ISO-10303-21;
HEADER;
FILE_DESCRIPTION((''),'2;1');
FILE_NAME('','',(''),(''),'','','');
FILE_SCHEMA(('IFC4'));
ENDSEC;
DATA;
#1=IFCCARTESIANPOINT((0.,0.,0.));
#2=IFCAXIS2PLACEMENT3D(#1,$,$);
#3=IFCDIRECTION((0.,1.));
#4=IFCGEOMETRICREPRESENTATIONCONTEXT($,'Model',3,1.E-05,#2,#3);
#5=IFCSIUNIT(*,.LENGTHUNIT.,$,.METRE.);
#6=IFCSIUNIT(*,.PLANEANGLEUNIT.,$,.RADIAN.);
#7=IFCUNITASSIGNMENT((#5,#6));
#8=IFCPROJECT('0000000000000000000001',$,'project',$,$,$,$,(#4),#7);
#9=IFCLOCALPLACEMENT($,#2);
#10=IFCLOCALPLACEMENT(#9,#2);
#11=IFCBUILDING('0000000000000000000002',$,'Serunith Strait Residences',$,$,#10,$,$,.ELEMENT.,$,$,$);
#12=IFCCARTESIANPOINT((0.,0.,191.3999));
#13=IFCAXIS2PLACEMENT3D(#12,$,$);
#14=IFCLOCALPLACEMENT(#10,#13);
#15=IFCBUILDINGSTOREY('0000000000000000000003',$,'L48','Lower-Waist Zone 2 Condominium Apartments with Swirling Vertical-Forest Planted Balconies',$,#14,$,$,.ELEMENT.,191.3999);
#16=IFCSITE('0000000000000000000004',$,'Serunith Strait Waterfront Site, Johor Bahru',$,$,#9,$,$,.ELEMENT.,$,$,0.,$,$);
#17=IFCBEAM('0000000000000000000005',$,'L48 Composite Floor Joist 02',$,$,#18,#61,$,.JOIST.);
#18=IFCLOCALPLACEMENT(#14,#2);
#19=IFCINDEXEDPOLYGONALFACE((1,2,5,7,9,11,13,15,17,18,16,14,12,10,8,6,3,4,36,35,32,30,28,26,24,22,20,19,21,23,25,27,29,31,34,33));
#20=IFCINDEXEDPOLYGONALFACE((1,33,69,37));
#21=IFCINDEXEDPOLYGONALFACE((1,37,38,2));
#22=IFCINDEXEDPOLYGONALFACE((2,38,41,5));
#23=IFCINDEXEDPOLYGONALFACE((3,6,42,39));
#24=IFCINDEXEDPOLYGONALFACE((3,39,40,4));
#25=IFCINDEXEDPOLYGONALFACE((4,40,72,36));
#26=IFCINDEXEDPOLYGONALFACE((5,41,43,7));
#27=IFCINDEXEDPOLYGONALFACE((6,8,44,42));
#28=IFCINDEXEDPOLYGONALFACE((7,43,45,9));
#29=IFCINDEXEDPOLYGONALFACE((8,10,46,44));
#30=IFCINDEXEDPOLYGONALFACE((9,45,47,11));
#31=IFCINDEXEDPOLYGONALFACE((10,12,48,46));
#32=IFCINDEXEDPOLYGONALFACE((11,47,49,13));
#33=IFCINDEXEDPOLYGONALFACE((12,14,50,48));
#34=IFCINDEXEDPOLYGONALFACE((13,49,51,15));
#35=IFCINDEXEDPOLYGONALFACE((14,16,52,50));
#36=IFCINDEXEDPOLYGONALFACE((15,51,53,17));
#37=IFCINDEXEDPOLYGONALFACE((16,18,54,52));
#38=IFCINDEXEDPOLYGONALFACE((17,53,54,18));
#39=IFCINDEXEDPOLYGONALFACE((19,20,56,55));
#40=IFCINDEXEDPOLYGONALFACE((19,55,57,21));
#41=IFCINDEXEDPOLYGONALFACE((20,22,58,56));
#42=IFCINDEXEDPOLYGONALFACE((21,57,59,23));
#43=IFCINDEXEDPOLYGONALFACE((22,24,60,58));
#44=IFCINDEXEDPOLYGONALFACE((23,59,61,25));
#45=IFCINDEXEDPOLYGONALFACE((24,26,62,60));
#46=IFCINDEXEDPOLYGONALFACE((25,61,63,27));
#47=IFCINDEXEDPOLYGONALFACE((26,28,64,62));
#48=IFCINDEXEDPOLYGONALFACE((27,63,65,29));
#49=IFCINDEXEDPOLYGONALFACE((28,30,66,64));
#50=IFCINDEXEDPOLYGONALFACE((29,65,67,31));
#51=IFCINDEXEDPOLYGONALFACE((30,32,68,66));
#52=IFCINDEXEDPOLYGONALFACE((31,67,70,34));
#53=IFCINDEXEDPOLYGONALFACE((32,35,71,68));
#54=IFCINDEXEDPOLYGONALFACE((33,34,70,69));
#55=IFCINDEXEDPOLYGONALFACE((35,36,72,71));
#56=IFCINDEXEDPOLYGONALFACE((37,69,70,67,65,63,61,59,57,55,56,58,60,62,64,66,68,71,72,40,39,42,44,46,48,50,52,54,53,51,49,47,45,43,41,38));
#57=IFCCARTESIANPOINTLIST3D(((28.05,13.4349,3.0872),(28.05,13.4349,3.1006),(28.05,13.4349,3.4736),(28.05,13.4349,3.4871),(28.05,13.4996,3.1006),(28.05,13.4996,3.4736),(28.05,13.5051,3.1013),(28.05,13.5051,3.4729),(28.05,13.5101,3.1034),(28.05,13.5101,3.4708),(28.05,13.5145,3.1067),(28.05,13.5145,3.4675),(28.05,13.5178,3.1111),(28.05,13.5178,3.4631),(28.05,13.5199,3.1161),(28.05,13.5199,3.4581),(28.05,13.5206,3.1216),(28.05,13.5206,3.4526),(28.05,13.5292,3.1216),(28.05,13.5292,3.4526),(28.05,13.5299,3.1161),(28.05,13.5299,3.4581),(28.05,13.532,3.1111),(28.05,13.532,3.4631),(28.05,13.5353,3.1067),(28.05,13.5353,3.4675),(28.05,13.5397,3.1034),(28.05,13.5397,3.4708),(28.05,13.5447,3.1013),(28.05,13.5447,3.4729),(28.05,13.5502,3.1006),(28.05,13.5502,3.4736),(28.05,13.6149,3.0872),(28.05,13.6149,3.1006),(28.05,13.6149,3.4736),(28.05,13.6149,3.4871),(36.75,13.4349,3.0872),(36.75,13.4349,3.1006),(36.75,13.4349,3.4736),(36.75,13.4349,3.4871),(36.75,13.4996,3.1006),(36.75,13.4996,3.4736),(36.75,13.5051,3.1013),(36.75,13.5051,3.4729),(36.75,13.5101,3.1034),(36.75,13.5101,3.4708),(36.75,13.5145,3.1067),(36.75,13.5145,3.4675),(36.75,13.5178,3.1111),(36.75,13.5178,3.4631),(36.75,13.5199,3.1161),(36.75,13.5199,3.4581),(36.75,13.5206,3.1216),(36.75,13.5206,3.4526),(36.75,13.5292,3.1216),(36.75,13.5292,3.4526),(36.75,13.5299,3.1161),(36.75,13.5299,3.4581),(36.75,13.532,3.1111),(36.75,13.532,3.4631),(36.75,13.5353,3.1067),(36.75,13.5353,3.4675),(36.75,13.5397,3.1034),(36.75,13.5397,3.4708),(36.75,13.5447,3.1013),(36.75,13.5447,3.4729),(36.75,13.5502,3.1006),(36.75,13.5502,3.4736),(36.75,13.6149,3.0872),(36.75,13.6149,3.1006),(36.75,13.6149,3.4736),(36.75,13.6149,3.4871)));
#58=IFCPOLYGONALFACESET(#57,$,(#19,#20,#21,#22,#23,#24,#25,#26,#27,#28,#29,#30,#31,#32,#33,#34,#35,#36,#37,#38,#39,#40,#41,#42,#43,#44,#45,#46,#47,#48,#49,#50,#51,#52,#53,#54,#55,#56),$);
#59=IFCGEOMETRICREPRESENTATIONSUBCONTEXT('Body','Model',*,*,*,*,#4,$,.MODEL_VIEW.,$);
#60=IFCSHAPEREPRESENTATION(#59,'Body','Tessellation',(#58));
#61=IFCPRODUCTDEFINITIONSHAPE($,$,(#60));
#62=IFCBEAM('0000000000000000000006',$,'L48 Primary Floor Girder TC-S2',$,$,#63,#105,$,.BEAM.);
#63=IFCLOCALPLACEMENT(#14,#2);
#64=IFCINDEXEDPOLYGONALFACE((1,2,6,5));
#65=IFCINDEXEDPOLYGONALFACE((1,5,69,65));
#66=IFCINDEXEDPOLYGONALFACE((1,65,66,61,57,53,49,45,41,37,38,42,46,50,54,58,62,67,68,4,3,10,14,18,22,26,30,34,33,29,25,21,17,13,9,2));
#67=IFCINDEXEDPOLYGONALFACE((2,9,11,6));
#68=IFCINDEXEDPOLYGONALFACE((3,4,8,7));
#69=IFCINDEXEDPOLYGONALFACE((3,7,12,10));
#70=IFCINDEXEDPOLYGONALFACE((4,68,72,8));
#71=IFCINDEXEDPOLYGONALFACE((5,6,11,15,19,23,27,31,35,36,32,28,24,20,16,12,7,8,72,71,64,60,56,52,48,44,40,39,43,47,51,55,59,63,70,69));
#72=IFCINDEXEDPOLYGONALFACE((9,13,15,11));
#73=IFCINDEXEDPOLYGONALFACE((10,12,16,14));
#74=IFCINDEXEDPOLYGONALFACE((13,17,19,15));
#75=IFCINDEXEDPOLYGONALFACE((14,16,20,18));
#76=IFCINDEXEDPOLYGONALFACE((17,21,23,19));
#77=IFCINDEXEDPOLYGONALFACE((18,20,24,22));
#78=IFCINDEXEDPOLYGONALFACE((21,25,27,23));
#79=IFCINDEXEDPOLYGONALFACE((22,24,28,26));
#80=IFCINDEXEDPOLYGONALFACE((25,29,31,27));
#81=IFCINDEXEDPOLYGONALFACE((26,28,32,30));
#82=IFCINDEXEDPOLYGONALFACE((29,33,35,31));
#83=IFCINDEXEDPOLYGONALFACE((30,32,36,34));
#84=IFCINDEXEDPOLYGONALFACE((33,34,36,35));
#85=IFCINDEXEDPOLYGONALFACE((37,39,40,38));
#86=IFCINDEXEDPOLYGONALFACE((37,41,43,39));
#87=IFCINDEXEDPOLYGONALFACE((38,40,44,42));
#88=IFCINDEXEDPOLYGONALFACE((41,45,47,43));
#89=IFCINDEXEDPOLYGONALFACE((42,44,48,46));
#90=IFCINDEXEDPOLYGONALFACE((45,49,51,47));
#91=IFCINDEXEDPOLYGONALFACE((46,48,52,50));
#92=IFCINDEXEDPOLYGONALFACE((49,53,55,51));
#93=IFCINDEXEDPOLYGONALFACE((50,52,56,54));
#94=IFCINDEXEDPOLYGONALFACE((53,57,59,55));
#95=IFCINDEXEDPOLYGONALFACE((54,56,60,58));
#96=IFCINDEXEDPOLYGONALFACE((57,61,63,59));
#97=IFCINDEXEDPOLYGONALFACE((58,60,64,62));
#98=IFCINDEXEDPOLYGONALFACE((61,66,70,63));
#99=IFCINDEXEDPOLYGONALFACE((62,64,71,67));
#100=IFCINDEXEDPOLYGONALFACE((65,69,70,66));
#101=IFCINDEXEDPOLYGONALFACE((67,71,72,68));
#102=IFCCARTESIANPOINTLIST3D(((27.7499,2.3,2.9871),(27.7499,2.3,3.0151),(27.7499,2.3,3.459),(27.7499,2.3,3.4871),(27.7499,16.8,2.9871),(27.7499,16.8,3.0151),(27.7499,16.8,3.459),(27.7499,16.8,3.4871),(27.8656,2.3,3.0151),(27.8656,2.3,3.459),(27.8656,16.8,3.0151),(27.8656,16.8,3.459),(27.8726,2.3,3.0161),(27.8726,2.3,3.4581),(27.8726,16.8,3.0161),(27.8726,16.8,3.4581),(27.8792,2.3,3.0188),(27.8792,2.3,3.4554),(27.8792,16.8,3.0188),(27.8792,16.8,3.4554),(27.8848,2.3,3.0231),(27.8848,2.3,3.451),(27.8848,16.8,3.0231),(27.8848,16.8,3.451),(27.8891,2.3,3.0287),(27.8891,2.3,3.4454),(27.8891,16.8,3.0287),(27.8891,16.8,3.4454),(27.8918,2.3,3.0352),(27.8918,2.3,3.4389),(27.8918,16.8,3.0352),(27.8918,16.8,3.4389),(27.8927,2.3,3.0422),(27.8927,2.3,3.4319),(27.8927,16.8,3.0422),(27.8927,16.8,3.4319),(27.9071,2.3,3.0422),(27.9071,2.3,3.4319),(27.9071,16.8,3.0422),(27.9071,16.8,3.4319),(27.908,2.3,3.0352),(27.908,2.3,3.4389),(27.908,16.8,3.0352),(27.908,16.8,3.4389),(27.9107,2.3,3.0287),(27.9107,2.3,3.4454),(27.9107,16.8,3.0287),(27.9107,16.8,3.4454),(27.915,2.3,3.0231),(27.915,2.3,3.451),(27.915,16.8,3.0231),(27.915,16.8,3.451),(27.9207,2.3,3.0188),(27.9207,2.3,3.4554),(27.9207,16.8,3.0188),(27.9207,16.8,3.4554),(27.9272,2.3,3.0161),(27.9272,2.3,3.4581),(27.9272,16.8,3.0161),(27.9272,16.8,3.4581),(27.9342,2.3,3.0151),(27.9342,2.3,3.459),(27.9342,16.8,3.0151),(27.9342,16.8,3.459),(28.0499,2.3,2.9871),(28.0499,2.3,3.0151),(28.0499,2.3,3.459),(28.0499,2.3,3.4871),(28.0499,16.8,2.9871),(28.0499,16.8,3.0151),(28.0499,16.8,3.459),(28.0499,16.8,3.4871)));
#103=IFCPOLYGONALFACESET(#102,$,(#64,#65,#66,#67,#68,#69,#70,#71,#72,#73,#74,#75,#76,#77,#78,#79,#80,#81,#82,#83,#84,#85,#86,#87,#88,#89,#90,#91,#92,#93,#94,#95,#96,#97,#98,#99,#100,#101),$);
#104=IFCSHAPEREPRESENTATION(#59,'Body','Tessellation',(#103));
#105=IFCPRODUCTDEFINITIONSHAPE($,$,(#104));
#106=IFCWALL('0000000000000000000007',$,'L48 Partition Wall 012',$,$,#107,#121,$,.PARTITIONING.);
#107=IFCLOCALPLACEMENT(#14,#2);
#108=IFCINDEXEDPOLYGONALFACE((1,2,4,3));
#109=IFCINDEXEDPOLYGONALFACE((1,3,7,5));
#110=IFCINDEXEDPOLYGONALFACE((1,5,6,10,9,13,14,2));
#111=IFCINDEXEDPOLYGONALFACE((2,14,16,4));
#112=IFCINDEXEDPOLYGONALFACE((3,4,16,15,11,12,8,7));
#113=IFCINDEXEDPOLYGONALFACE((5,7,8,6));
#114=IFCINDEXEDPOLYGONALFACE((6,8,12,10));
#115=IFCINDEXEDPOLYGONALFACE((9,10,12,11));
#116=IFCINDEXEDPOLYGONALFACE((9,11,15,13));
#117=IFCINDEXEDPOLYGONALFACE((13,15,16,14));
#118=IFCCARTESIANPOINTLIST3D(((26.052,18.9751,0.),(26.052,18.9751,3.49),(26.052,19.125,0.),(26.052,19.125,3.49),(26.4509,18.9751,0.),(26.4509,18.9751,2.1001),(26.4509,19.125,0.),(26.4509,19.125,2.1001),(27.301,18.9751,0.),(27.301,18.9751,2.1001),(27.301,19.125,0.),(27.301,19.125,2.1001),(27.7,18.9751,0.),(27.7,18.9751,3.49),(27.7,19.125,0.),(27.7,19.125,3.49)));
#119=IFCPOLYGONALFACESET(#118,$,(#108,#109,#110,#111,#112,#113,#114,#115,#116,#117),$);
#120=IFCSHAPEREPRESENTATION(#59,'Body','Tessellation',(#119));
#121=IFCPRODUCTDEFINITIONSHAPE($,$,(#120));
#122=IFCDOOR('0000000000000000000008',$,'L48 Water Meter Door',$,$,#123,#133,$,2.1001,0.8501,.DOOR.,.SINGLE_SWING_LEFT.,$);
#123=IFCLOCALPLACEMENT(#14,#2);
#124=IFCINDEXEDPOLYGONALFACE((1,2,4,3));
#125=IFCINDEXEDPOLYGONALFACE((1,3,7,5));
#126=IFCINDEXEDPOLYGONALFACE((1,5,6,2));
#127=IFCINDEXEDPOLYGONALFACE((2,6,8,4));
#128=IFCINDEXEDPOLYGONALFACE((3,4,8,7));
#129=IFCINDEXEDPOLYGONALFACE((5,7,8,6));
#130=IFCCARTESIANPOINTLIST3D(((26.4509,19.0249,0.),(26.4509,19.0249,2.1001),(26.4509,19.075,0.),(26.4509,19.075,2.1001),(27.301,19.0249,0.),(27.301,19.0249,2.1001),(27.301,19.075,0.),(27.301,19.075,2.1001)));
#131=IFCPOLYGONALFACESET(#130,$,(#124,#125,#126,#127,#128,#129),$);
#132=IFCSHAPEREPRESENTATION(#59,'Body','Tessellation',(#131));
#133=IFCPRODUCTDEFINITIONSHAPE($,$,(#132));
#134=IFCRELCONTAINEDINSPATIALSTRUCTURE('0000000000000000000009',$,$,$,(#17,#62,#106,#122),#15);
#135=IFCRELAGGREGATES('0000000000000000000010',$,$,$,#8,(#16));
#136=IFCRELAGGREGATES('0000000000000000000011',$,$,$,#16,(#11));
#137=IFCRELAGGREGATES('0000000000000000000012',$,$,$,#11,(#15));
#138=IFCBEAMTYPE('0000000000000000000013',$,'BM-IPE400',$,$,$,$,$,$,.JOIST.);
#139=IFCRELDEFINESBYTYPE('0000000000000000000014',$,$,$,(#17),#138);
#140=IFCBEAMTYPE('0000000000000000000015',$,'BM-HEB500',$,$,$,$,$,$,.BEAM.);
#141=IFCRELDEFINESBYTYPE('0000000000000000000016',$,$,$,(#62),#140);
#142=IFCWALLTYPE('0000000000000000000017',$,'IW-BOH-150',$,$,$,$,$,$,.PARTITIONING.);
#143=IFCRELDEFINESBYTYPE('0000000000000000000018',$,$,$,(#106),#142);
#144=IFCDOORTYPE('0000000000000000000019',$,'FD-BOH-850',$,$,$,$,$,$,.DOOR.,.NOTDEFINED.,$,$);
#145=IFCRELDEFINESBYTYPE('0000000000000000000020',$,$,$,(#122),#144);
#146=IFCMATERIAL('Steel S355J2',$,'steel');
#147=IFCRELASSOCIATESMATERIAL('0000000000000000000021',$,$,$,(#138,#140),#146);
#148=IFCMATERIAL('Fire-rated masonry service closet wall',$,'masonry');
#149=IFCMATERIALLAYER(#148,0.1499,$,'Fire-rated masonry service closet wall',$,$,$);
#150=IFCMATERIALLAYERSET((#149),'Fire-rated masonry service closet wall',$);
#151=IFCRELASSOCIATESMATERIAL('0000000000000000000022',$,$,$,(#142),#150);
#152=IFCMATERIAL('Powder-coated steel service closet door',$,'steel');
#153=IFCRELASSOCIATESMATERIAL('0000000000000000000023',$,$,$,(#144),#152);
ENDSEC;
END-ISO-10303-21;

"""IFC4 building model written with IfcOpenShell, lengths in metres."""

from ifc_helpers import new_model, si_unit, direction, frame, frame_2d, origin, origin_2d, place, context, subcontext, project, spatial, rectangle, i_section, extrude, source, transform, mapped, material, layer, layer_set, material_profile, profile_set, type_object, element, fill, save


model = new_model("IFC4")

# Units and contexts
model_context = context("Model", 3, precision=1e-05, world=origin(), true_north=direction((0.0, 1.0)))
body_context = subcontext(model_context, "Body", "Model", "MODEL_VIEW")
ifc_project = project(units=[si_unit("LENGTHUNIT", "METRE"), si_unit("PLANEANGLEUNIT", "RADIAN")], contexts=[model_context])

# Site, building, storey
site_placement = place(None, origin())
site = spatial("IfcSite", under=ifc_project, at=site_placement, Name="Serunith Strait Waterfront Site, Johor Bahru", CompositionType="ELEMENT", RefElevation=0.0)
building_placement = place(site_placement, origin())
building = spatial("IfcBuilding", under=site, at=building_placement, Name="Serunith Strait Residences", CompositionType="ELEMENT")
storey_placement = place(building_placement, frame((0.0, 0.0, 191.3999)))
storey = spatial("IfcBuildingStorey", under=building, at=storey_placement, Name="L48", Description="Lower-Waist Zone 2 Condominium Apartments with Swirling Vertical-Forest Planted Balconies", CompositionType="ELEMENT", Elevation=191.3999)

# Beams
ifc_material_1 = material(Name="Steel S355J2", Category="steel")
ifc_material_profile_1 = material_profile(ifc_material_1, i_section(OverallWidth=0.1799, OverallDepth=0.3999, WebThickness=0.0085, FlangeThickness=0.0134, FilletRadius=0.021, at=origin_2d()), Name="IPE 400")
ifc_profile_set_1 = profile_set([ifc_material_profile_1], Name="Steel S355J2")
beam_type_1 = type_object("IfcBeamType", Name="BM-IPE400", PredefinedType="JOIST", material=ifc_profile_set_1)
shared_shape_1 = source(origin(), body_context, "Body", "SweptSolid", [
    extrude(i_section(OverallWidth=0.1799, OverallDepth=0.3999, WebThickness=0.0085, FlangeThickness=0.0134, FilletRadius=0.021, at=origin_2d()), origin(), (0.0, 0.0, 1.0), 8.7),
])
beam_1_placement = place(storey_placement, frame((28.05, 13.5249, 3.2871), z_axis=(1.0, 0.0, 0.0), x_axis=(0.0, 1.0, 0.0)))
element("IfcBeam", 1, at=beam_1_placement, inside=storey, type_object=beam_type_1, Name="L48 Composite Floor Joist 02", PredefinedType="JOIST", context=body_context, shape_type="MappedRepresentation", body=[
    mapped(shared_shape_1, transform((0.0, 0.0, 0.0), scale=1.0)),
])
ifc_material_profile_2 = material_profile(ifc_material_1, i_section(OverallWidth=0.3, OverallDepth=0.5, WebThickness=0.0144, FlangeThickness=0.0281, FilletRadius=0.0271, at=origin_2d()), Name="HEB 500")
ifc_profile_set_2 = profile_set([ifc_material_profile_2], Name="Steel S355J2")
beam_type_2 = type_object("IfcBeamType", Name="BM-HEB500", PredefinedType="BEAM", material=ifc_profile_set_2)
shared_shape_2 = source(origin(), body_context, "Body", "SweptSolid", [
    extrude(i_section(OverallWidth=0.3, OverallDepth=0.5, WebThickness=0.0144, FlangeThickness=0.0281, FilletRadius=0.0271, at=origin_2d()), origin(), (0.0, 0.0, 1.0), 14.5),
])
beam_2_placement = place(storey_placement, frame((27.8999, 16.8, 3.2371), z_axis=(0.0, -1.0, 0.0), x_axis=(1.0, 0.0, 0.0)))
element("IfcBeam", 2, at=beam_2_placement, inside=storey, type_object=beam_type_2, Name="L48 Primary Floor Girder TC-S2", PredefinedType="BEAM", context=body_context, shape_type="MappedRepresentation", body=[
    mapped(shared_shape_2, transform((0.0, 0.0, 0.0), scale=1.0)),
])

# Wall, opening, door
ifc_material_2 = material(Name="Fire-rated masonry service closet wall", Category="masonry")
ifc_layer_1 = layer(ifc_material_2, 0.1499, Name="Fire-rated masonry service closet wall")
ifc_layer_set_1 = layer_set([ifc_layer_1], Name="Fire-rated masonry service closet wall")
wall_type_1 = type_object("IfcWallType", Name="IW-BOH-150", PredefinedType="PARTITIONING", material=ifc_layer_set_1)
wall_1_placement = place(storey_placement, frame((26.052, 19.05, 0.0), z_axis=(0.0, 0.0, 1.0), x_axis=(1.0, 0.0, 0.0)))
wall_1 = element("IfcWall", 3, at=wall_1_placement, inside=storey, type_object=wall_type_1, Name="L48 Partition Wall 012", PredefinedType="PARTITIONING", context=body_context, shape_type="SweptSolid", body=[
    extrude(rectangle(XDim=1.6479, YDim=0.1499, at=frame_2d((0.824, 0.0))), origin(), (0.0, 0.0, 1.0), 3.49),
])
opening_1_placement = place(wall_1_placement, frame((0.3989, 0.0, 0.0)))
opening_1 = element("IfcOpeningElement", 4, at=opening_1_placement, cuts=wall_1, PredefinedType="OPENING", context=body_context, shape_type="SweptSolid", body=[
    extrude(rectangle(XDim=0.8501, YDim=2.1001, at=frame_2d((0.425, 1.05))), frame((0.0, 0.085, 0.0), z_axis=(0.0, -1.0, 0.0), x_axis=(1.0, 0.0, 0.0)), (0.0, 0.0, 1.0), 0.1699),
])
ifc_material_3 = material(Name="Powder-coated steel service closet door", Category="steel")
door_type_1 = type_object("IfcDoorType", Name="FD-BOH-850", OperationType="NOTDEFINED", PredefinedType="DOOR", material=ifc_material_3)
shared_shape_3 = source(origin(), body_context, "Body", "SweptSolid", [
    extrude(rectangle(XDim=0.8501, YDim=2.1001, at=frame_2d((0.425, 1.05))), frame((0.0, 0.0249, 0.0), z_axis=(0.0, -1.0, 0.0), x_axis=(1.0, 0.0, 0.0)), (0.0, 0.0, 1.0), 0.05),
])
door_1_placement = place(opening_1_placement, origin())
door_1 = element("IfcDoor", 5, at=door_1_placement, inside=storey, type_object=door_type_1, Name="L48 Water Meter Door", OperationType="SINGLE_SWING_LEFT", OverallHeight=2.1001, OverallWidth=0.8501, PredefinedType="DOOR", context=body_context, shape_type="MappedRepresentation", body=[
    mapped(shared_shape_3, transform((0.0, 0.0, 0.0), scale=1.0)),
])
fill(opening_1, door_1)

save(model, "model.ifc")
